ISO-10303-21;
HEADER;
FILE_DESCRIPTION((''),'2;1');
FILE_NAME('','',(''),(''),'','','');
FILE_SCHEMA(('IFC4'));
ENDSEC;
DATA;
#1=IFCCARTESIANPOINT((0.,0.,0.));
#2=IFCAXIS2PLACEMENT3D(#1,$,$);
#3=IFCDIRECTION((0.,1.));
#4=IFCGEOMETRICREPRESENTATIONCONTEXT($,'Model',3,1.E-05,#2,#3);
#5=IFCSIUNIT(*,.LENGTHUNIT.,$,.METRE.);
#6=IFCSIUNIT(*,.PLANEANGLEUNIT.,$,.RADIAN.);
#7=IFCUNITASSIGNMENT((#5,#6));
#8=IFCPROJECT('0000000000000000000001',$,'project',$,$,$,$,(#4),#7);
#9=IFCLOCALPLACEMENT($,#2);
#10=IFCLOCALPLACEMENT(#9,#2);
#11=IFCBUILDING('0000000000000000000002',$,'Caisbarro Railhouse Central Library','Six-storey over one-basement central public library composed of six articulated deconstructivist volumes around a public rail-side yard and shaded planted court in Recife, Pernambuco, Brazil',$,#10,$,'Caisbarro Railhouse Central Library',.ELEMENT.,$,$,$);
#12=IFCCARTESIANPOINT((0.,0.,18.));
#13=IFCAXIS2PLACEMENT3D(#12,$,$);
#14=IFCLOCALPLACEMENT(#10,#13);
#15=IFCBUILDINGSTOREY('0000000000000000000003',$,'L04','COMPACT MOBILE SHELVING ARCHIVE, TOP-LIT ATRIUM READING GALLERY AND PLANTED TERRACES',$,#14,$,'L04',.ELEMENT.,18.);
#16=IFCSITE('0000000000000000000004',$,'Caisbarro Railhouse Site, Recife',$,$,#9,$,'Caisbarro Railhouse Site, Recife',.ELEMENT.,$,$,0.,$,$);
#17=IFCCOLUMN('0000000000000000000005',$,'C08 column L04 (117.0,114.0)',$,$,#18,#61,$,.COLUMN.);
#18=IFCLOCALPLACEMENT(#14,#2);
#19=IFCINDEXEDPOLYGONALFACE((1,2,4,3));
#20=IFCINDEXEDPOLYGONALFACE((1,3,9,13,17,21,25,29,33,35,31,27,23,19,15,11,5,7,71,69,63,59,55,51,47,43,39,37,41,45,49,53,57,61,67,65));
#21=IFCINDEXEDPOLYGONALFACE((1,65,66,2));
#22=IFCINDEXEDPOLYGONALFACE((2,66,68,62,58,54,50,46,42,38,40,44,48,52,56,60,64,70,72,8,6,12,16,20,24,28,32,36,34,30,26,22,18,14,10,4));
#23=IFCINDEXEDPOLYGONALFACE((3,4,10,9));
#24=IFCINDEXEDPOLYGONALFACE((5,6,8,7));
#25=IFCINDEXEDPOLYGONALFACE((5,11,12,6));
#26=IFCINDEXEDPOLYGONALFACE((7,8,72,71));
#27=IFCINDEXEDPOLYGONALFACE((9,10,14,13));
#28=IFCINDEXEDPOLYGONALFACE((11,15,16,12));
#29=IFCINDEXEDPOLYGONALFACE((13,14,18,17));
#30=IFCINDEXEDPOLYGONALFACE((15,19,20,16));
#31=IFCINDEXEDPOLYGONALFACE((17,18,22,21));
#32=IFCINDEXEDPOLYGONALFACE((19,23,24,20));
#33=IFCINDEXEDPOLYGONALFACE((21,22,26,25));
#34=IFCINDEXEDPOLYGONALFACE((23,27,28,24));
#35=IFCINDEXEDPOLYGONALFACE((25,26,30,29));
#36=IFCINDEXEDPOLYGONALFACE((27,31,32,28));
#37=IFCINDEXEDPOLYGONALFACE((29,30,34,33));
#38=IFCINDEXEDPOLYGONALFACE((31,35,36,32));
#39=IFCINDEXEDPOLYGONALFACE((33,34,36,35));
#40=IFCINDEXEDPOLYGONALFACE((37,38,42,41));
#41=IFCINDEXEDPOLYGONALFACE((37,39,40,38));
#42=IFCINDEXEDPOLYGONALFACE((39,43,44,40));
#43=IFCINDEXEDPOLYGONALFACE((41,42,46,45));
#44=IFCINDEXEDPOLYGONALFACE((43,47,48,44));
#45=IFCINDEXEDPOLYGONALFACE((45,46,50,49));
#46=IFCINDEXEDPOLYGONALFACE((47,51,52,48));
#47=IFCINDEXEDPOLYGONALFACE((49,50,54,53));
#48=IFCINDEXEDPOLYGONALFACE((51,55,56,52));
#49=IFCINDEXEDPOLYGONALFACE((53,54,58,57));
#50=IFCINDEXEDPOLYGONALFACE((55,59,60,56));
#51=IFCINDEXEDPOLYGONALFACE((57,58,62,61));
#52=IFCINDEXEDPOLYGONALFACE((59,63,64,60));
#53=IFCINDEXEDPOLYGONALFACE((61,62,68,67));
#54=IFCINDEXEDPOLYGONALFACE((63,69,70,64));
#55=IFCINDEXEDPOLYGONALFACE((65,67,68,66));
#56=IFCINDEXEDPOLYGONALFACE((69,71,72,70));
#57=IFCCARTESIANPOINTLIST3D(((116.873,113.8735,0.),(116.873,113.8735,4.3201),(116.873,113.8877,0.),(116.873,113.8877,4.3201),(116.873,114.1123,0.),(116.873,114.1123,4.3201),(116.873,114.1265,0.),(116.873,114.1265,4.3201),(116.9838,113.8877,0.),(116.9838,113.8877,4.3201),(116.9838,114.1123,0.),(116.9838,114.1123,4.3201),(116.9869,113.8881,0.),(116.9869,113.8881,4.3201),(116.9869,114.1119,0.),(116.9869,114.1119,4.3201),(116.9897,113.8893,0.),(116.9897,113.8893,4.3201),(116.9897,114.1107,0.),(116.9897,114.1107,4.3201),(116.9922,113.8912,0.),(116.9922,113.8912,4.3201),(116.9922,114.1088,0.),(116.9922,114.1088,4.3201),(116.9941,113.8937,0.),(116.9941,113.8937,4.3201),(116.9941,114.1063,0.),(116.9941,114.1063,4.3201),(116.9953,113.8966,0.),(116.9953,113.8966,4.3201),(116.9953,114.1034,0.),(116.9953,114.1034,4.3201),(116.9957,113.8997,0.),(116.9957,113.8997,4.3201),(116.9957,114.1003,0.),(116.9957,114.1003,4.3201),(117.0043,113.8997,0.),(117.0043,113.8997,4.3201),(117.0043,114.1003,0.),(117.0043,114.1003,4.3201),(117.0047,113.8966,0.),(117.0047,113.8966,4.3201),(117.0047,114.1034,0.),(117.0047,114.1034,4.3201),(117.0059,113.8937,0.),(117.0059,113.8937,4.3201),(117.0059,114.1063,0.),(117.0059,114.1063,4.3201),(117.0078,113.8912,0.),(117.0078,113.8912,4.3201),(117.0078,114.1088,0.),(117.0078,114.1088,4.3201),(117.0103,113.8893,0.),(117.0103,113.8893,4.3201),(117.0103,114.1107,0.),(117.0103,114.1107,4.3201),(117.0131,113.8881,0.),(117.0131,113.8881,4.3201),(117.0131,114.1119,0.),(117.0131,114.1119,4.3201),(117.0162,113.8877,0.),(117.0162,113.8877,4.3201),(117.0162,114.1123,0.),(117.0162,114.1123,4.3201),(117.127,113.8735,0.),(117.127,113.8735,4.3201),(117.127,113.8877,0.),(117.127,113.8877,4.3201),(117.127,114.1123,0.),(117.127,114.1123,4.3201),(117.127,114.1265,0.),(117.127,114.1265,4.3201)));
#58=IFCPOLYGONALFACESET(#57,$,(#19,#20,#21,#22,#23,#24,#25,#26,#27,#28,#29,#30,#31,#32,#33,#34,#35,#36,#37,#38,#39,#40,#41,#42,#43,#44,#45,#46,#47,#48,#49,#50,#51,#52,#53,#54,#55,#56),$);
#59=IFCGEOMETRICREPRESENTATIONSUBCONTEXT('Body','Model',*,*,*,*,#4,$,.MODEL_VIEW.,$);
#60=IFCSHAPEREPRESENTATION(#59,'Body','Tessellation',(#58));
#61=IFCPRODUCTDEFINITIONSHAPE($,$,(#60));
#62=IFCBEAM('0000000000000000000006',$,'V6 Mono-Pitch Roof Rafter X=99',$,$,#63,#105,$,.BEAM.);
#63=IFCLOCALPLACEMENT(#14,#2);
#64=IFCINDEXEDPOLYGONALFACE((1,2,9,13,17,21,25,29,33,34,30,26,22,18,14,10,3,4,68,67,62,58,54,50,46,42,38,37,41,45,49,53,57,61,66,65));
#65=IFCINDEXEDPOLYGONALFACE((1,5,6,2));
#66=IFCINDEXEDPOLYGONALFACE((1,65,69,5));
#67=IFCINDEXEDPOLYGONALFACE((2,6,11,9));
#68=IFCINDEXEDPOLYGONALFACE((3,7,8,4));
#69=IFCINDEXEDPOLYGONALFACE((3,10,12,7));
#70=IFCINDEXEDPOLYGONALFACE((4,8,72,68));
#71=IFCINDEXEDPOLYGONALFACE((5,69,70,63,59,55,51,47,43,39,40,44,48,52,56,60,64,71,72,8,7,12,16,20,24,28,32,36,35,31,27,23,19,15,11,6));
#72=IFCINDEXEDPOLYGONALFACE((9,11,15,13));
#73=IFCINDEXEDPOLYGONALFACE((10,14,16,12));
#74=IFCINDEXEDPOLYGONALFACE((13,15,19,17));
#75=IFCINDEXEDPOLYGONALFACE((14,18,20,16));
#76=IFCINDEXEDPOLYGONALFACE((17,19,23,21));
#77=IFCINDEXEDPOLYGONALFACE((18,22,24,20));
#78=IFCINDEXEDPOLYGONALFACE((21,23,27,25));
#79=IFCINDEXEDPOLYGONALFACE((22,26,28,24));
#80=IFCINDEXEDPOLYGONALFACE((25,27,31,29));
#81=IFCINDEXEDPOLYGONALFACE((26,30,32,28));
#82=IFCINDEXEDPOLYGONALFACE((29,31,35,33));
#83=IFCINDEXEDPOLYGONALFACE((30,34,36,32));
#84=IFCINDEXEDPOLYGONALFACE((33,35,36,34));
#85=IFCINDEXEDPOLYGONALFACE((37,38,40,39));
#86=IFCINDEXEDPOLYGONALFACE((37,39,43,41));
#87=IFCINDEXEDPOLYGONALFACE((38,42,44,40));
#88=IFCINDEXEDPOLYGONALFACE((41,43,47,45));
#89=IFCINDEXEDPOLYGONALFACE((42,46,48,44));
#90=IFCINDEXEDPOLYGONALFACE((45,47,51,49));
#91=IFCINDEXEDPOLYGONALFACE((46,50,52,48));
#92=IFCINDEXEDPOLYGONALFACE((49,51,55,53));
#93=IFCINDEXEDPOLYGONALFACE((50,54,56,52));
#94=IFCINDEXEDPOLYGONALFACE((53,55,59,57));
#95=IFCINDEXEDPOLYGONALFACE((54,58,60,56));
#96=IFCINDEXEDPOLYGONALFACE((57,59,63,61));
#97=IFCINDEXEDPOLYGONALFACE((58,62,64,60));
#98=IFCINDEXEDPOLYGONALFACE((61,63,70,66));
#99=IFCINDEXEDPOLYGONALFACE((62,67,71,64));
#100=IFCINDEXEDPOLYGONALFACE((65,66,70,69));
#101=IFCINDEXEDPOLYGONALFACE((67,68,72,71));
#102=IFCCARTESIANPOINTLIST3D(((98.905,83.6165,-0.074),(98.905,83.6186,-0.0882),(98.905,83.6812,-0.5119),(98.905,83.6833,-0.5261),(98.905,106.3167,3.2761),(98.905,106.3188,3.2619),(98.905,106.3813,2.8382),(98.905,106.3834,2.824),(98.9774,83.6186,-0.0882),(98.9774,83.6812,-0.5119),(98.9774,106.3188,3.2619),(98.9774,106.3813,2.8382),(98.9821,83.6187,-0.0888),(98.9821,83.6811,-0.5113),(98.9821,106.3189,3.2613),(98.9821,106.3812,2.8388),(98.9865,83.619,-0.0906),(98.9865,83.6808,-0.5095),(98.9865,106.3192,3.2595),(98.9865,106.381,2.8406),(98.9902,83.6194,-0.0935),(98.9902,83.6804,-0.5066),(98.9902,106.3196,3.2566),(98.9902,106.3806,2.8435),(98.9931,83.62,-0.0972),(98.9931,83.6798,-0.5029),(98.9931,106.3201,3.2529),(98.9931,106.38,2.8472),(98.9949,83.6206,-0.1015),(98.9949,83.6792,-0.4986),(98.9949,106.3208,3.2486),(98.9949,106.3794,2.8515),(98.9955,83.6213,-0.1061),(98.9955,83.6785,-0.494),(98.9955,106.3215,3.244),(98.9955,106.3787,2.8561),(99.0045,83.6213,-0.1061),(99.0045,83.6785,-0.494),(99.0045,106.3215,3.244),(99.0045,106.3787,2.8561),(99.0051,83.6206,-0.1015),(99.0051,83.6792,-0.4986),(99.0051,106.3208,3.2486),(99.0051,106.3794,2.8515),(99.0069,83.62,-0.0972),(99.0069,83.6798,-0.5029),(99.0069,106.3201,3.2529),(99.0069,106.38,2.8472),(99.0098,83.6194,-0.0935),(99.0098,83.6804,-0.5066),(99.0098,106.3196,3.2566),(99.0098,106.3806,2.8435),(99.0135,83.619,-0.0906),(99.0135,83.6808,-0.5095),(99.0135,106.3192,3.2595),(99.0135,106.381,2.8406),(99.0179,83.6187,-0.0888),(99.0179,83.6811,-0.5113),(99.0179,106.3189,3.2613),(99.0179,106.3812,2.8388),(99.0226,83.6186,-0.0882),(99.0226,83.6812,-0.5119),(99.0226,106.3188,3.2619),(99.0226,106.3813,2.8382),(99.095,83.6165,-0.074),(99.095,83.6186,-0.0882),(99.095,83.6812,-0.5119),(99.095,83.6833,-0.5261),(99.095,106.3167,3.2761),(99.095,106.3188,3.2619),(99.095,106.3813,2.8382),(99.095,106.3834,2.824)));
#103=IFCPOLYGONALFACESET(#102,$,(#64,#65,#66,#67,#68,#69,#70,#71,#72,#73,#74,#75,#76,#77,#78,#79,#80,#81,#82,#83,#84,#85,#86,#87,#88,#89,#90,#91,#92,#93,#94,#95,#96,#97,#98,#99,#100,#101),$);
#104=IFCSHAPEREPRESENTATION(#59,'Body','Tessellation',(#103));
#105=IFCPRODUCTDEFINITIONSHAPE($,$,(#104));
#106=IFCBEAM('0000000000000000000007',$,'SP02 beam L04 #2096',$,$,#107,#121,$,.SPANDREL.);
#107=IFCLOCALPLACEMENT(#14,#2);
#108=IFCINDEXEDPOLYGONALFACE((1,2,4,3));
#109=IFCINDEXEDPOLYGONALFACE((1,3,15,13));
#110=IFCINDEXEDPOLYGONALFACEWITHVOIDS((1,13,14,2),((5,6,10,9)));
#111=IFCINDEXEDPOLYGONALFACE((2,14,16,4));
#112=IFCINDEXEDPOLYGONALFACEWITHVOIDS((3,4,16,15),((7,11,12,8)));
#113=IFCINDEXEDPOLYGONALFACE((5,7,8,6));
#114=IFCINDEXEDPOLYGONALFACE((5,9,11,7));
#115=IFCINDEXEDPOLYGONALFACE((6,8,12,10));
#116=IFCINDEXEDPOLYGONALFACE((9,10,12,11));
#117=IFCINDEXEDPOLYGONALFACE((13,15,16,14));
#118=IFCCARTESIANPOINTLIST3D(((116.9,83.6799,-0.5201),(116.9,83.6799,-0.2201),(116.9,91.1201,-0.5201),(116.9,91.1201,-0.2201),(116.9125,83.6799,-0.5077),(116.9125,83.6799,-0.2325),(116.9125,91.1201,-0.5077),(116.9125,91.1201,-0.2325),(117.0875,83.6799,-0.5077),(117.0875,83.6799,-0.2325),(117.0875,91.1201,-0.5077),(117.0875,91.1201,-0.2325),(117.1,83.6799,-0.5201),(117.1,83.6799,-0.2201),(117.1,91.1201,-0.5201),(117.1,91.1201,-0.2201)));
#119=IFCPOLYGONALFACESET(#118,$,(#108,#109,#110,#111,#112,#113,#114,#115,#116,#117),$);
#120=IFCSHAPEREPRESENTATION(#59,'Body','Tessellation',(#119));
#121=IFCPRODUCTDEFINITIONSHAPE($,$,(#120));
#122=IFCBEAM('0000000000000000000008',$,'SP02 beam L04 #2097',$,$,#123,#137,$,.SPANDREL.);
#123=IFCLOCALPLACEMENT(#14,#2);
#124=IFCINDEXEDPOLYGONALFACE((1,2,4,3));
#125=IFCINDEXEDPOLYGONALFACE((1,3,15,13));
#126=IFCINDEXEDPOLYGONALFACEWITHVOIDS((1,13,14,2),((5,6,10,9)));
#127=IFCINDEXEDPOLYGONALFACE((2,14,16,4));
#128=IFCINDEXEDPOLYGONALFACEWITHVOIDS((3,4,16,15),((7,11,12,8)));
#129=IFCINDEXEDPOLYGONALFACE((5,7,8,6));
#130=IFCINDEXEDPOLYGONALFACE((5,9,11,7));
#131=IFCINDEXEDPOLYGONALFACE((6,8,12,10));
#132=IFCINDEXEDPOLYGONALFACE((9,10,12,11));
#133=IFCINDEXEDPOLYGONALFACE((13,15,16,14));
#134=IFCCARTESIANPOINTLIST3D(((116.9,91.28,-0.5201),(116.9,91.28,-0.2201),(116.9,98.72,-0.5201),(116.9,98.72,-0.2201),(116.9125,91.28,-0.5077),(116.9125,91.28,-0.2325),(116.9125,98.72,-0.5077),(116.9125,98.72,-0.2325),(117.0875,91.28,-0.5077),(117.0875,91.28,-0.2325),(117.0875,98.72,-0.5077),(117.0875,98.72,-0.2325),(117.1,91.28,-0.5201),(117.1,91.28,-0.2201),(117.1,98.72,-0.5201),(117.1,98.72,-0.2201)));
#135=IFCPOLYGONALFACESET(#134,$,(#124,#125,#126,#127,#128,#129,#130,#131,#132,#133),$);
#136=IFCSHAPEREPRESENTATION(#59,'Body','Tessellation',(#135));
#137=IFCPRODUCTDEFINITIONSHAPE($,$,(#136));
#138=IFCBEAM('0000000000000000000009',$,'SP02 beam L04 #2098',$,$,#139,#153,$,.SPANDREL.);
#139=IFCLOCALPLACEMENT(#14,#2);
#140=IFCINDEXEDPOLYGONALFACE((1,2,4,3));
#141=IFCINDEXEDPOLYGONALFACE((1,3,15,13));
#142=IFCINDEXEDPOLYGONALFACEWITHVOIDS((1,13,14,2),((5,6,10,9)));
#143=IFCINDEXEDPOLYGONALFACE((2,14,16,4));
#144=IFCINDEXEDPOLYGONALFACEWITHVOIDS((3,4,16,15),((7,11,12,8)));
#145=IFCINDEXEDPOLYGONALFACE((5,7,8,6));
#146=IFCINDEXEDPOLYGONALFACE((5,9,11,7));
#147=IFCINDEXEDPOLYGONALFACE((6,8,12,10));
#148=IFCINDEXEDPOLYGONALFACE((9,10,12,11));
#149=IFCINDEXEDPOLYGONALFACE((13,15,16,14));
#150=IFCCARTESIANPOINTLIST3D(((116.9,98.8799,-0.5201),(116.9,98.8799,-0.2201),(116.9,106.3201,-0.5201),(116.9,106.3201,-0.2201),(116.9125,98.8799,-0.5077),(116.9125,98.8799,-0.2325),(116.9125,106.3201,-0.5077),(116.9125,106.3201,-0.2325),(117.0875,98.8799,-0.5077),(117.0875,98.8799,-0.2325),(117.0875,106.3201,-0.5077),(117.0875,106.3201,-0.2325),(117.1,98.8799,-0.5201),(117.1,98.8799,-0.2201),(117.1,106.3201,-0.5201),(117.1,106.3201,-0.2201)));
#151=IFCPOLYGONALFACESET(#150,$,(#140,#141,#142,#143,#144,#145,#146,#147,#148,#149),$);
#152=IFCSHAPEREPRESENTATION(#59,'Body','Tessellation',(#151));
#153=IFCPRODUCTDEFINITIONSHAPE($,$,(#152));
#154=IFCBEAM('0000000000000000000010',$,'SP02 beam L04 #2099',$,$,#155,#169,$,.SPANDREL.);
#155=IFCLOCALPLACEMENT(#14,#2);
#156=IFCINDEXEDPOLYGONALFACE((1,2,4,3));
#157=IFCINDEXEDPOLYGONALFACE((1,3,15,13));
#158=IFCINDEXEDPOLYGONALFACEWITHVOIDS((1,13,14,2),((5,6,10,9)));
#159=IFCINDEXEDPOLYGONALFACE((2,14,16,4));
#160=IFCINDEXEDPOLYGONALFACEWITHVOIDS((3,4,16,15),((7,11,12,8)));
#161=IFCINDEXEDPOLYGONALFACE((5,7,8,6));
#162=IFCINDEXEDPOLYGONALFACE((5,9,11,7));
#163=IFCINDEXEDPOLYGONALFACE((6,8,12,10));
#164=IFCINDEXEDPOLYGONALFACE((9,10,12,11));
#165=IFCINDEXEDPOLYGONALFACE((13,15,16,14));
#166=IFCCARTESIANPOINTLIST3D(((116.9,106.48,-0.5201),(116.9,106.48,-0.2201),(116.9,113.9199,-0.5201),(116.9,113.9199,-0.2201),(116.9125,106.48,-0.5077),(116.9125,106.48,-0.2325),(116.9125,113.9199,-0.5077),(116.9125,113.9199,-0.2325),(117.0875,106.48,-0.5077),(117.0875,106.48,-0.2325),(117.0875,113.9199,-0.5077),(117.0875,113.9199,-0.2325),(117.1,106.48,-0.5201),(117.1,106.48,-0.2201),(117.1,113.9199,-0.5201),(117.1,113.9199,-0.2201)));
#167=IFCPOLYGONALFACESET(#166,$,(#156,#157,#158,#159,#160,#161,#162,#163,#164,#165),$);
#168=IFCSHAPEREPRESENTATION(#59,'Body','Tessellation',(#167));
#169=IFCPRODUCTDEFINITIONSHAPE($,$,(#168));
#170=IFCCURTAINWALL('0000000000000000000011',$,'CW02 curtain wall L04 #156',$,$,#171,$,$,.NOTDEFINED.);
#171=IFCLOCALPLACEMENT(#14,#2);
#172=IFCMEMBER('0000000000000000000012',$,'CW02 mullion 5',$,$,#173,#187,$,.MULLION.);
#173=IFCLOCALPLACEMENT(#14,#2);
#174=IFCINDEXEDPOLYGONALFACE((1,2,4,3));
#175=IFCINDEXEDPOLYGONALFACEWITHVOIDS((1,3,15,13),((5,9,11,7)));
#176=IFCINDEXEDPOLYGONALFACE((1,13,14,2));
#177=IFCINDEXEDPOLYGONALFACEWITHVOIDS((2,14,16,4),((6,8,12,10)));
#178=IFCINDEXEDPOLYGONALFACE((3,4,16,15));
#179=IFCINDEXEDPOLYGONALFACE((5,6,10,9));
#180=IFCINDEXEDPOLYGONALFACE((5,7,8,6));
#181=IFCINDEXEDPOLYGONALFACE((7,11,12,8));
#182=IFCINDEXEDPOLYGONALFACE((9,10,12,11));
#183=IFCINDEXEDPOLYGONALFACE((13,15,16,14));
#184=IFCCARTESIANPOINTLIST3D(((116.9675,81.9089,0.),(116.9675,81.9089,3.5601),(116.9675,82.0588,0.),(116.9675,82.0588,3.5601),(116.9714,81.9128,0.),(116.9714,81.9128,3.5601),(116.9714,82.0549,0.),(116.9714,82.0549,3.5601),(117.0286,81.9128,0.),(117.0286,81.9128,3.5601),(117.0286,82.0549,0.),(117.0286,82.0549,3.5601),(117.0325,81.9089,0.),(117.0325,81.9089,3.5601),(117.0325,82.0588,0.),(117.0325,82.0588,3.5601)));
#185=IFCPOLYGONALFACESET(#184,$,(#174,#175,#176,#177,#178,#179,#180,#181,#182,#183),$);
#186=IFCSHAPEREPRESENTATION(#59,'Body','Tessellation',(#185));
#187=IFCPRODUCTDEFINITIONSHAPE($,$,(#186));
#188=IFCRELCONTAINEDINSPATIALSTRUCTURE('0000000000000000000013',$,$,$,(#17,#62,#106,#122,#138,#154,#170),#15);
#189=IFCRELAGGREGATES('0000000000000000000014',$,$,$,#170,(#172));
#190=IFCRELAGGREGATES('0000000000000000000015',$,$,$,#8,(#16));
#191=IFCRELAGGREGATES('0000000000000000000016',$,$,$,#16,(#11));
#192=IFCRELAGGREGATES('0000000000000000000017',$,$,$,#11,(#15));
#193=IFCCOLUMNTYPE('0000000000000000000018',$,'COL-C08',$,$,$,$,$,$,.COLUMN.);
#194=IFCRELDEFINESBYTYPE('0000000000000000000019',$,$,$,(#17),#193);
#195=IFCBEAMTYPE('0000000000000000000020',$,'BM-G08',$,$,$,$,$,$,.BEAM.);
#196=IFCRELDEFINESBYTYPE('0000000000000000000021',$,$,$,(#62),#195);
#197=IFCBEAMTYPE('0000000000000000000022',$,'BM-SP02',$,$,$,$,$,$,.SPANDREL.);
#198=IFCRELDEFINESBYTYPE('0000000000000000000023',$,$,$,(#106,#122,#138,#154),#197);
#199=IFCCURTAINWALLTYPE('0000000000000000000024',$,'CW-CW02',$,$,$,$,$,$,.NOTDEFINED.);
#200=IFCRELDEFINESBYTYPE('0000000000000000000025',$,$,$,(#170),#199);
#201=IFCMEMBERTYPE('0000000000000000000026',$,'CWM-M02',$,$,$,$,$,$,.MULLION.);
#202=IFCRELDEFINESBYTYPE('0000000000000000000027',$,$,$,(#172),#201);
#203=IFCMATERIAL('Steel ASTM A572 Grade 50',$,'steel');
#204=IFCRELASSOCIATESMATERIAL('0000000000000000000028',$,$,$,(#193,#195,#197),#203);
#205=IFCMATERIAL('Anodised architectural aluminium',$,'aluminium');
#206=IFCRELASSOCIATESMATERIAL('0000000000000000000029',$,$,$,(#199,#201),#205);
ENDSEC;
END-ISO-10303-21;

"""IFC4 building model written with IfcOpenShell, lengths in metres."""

from ifc_helpers import new_model, si_unit, direction, frame, origin, origin_2d, place, context, subcontext, project, spatial, hollow_rectangle, i_section, extrude, material, material_profile, profile_set, type_object, element, aggregate, save


model = new_model("IFC4")

# Units and contexts
model_context = context("Model", 3, precision=1e-05, world=origin(), true_north=direction((0.0, 1.0)))
body_context = subcontext(model_context, "Body", "Model", "MODEL_VIEW")
ifc_project = project(units=[si_unit("LENGTHUNIT", "METRE"), si_unit("PLANEANGLEUNIT", "RADIAN")], contexts=[model_context])

# Site, building, storey
site_placement = place(None, origin())
site = spatial("IfcSite", under=ifc_project, at=site_placement, Name="Caisbarro Railhouse Site, Recife", LongName="Caisbarro Railhouse Site, Recife", CompositionType="ELEMENT", RefElevation=0.0)
building_placement = place(site_placement, origin())
building = spatial("IfcBuilding", under=site, at=building_placement, Name="Caisbarro Railhouse Central Library", Description="Six-storey over one-basement central public library composed of six articulated deconstructivist volumes around a public rail-side yard and shaded planted court in Recife, Pernambuco, Brazil", LongName="Caisbarro Railhouse Central Library", CompositionType="ELEMENT")
storey_placement = place(building_placement, frame((0.0, 0.0, 18.0)))
storey = spatial("IfcBuildingStorey", under=building, at=storey_placement, Name="L04", Description="COMPACT MOBILE SHELVING ARCHIVE, TOP-LIT ATRIUM READING GALLERY AND PLANTED TERRACES", LongName="L04", CompositionType="ELEMENT", Elevation=18.0)

# Column
ifc_material_1 = material(Name="Steel ASTM A572 Grade 50", Category="steel")
ifc_material_profile_1 = material_profile(ifc_material_1, i_section(OverallWidth=0.2539, OverallDepth=0.2529, WebThickness=0.0085, FlangeThickness=0.0142, FilletRadius=0.012, at=origin_2d()), Name="W250X73.0")
ifc_profile_set_1 = profile_set([ifc_material_profile_1], Name="Steel ASTM A572 Grade 50")
column_type = type_object("IfcColumnType", Name="COL-C08", PredefinedType="COLUMN", material=ifc_profile_set_1)
for number, where, z_axis, x_axis, name in (
    (1, (117.0, 114.0, 0.0), (0.0, 0.0, 1.0), (1.0, 0.0, 0.0), "C08 column L04 (117.0,114.0)"),
):
    element("IfcColumn", number, at=place(storey_placement, frame(where, z_axis=z_axis, x_axis=x_axis)), inside=storey, type_object=column_type, Name=name, PredefinedType="COLUMN", context=body_context, shape_type="SweptSolid", body=[
        extrude(i_section(OverallWidth=0.2539, OverallDepth=0.2529, WebThickness=0.0085, FlangeThickness=0.0142, FilletRadius=0.012, at=origin_2d()), origin(), (0.0, 0.0, 1.0), 4.3201),
    ])

# Beams
ifc_material_profile_2 = material_profile(ifc_material_1, i_section(OverallWidth=0.1899, OverallDepth=0.457, WebThickness=0.009, FlangeThickness=0.0144, FilletRadius=0.0181, at=origin_2d()), Name="W460X74.0")
ifc_profile_set_2 = profile_set([ifc_material_profile_2], Name="Steel ASTM A572 Grade 50")
beam_type_1 = type_object("IfcBeamType", Name="BM-G08", PredefinedType="BEAM", material=ifc_profile_set_2)
beam_1_placement = place(storey_placement, frame((99.0, 83.6499, -0.3), z_axis=(0.0, 0.989285, 0.145999), x_axis=(-1.0, 0.0, 0.0)))
element("IfcBeam", 2, at=beam_1_placement, inside=storey, type_object=beam_type_1, Name="V6 Mono-Pitch Roof Rafter X=99", PredefinedType="BEAM", context=body_context, shape_type="SweptSolid", body=[
    extrude(i_section(OverallWidth=0.1899, OverallDepth=0.457, WebThickness=0.009, FlangeThickness=0.0144, FilletRadius=0.0181, at=origin_2d()), origin(), (0.0, 0.0, 1.0), 22.946),
])
ifc_material_profile_3 = material_profile(ifc_material_1, hollow_rectangle(XDim=0.2, YDim=0.3, WallThickness=0.0125, at=origin_2d()), Name="HSS300X200X12.5")
ifc_profile_set_3 = profile_set([ifc_material_profile_3], Name="Steel ASTM A572 Grade 50")
beam_type_2 = type_object("IfcBeamType", Name="BM-SP02", PredefinedType="SPANDREL", material=ifc_profile_set_3)
beam_2_placement = place(storey_placement, frame((117.0, 83.6799, -0.3701), z_axis=(0.0, 1.0, 0.0), x_axis=(-1.0, 0.0, 0.0)))
element("IfcBeam", 3, at=beam_2_placement, inside=storey, type_object=beam_type_2, Name="SP02 beam L04 #2096", PredefinedType="SPANDREL", context=body_context, shape_type="SweptSolid", body=[
    extrude(hollow_rectangle(XDim=0.2, YDim=0.3, WallThickness=0.0125, at=origin_2d()), origin(), (0.0, 0.0, 1.0), 7.4402),
])
beam_3_placement = place(storey_placement, frame((117.0, 91.28, -0.3701), z_axis=(0.0, 1.0, 0.0), x_axis=(-1.0, 0.0, 0.0)))
element("IfcBeam", 4, at=beam_3_placement, inside=storey, type_object=beam_type_2, Name="SP02 beam L04 #2097", PredefinedType="SPANDREL", context=body_context, shape_type="SweptSolid", body=[
    extrude(hollow_rectangle(XDim=0.2, YDim=0.3, WallThickness=0.0125, at=origin_2d()), origin(), (0.0, 0.0, 1.0), 7.4399),
])
beam_4_placement = place(storey_placement, frame((117.0, 98.8799, -0.3701), z_axis=(0.0, 1.0, 0.0), x_axis=(-1.0, 0.0, 0.0)))
element("IfcBeam", 5, at=beam_4_placement, inside=storey, type_object=beam_type_2, Name="SP02 beam L04 #2098", PredefinedType="SPANDREL", context=body_context, shape_type="SweptSolid", body=[
    extrude(hollow_rectangle(XDim=0.2, YDim=0.3, WallThickness=0.0125, at=origin_2d()), origin(), (0.0, 0.0, 1.0), 7.4402),
])
beam_5_placement = place(storey_placement, frame((117.0, 106.48, -0.3701), z_axis=(0.0, 1.0, 0.0), x_axis=(-1.0, 0.0, 0.0)))
element("IfcBeam", 6, at=beam_5_placement, inside=storey, type_object=beam_type_2, Name="SP02 beam L04 #2099", PredefinedType="SPANDREL", context=body_context, shape_type="SweptSolid", body=[
    extrude(hollow_rectangle(XDim=0.2, YDim=0.3, WallThickness=0.0125, at=origin_2d()), origin(), (0.0, 0.0, 1.0), 7.4399),
])

# Curtain wall, member
ifc_material_2 = material(Name="Anodised architectural aluminium", Category="aluminium")
curtain_wall_type = type_object("IfcCurtainWallType", Name="CW-CW02", PredefinedType="NOTDEFINED", material=ifc_material_2)
curtain_wall_1_placement = place(storey_placement, origin())
curtain_wall_1 = element("IfcCurtainWall", 7, at=curtain_wall_1_placement, inside=storey, type_object=curtain_wall_type, Name="CW02 curtain wall L04 #156", PredefinedType="NOTDEFINED")
ifc_material_profile_4 = material_profile(ifc_material_2, hollow_rectangle(XDim=0.0649, YDim=0.1499, WallThickness=0.0039, at=origin_2d()), Name="ALU-MUL-65X150")
ifc_profile_set_4 = profile_set([ifc_material_profile_4], Name="Anodised architectural aluminium")
member_type_1 = type_object("IfcMemberType", Name="CWM-M02", PredefinedType="MULLION", material=ifc_profile_set_4)
member_1_placement = place(storey_placement, frame((117.0, 81.9839, 0.0), z_axis=(0.0, 0.0, 1.0), x_axis=(-1.0, 0.0, 0.0)))
member_1 = element("IfcMember", 8, at=member_1_placement, type_object=member_type_1, Name="CW02 mullion 5", PredefinedType="MULLION", context=body_context, shape_type="SweptSolid", body=[
    extrude(hollow_rectangle(XDim=0.0649, YDim=0.1499, WallThickness=0.0039, at=origin_2d()), origin(), (0.0, 0.0, 1.0), 3.5601),
])

aggregate(curtain_wall_1, [member_1])

save(model, "model.ifc")
